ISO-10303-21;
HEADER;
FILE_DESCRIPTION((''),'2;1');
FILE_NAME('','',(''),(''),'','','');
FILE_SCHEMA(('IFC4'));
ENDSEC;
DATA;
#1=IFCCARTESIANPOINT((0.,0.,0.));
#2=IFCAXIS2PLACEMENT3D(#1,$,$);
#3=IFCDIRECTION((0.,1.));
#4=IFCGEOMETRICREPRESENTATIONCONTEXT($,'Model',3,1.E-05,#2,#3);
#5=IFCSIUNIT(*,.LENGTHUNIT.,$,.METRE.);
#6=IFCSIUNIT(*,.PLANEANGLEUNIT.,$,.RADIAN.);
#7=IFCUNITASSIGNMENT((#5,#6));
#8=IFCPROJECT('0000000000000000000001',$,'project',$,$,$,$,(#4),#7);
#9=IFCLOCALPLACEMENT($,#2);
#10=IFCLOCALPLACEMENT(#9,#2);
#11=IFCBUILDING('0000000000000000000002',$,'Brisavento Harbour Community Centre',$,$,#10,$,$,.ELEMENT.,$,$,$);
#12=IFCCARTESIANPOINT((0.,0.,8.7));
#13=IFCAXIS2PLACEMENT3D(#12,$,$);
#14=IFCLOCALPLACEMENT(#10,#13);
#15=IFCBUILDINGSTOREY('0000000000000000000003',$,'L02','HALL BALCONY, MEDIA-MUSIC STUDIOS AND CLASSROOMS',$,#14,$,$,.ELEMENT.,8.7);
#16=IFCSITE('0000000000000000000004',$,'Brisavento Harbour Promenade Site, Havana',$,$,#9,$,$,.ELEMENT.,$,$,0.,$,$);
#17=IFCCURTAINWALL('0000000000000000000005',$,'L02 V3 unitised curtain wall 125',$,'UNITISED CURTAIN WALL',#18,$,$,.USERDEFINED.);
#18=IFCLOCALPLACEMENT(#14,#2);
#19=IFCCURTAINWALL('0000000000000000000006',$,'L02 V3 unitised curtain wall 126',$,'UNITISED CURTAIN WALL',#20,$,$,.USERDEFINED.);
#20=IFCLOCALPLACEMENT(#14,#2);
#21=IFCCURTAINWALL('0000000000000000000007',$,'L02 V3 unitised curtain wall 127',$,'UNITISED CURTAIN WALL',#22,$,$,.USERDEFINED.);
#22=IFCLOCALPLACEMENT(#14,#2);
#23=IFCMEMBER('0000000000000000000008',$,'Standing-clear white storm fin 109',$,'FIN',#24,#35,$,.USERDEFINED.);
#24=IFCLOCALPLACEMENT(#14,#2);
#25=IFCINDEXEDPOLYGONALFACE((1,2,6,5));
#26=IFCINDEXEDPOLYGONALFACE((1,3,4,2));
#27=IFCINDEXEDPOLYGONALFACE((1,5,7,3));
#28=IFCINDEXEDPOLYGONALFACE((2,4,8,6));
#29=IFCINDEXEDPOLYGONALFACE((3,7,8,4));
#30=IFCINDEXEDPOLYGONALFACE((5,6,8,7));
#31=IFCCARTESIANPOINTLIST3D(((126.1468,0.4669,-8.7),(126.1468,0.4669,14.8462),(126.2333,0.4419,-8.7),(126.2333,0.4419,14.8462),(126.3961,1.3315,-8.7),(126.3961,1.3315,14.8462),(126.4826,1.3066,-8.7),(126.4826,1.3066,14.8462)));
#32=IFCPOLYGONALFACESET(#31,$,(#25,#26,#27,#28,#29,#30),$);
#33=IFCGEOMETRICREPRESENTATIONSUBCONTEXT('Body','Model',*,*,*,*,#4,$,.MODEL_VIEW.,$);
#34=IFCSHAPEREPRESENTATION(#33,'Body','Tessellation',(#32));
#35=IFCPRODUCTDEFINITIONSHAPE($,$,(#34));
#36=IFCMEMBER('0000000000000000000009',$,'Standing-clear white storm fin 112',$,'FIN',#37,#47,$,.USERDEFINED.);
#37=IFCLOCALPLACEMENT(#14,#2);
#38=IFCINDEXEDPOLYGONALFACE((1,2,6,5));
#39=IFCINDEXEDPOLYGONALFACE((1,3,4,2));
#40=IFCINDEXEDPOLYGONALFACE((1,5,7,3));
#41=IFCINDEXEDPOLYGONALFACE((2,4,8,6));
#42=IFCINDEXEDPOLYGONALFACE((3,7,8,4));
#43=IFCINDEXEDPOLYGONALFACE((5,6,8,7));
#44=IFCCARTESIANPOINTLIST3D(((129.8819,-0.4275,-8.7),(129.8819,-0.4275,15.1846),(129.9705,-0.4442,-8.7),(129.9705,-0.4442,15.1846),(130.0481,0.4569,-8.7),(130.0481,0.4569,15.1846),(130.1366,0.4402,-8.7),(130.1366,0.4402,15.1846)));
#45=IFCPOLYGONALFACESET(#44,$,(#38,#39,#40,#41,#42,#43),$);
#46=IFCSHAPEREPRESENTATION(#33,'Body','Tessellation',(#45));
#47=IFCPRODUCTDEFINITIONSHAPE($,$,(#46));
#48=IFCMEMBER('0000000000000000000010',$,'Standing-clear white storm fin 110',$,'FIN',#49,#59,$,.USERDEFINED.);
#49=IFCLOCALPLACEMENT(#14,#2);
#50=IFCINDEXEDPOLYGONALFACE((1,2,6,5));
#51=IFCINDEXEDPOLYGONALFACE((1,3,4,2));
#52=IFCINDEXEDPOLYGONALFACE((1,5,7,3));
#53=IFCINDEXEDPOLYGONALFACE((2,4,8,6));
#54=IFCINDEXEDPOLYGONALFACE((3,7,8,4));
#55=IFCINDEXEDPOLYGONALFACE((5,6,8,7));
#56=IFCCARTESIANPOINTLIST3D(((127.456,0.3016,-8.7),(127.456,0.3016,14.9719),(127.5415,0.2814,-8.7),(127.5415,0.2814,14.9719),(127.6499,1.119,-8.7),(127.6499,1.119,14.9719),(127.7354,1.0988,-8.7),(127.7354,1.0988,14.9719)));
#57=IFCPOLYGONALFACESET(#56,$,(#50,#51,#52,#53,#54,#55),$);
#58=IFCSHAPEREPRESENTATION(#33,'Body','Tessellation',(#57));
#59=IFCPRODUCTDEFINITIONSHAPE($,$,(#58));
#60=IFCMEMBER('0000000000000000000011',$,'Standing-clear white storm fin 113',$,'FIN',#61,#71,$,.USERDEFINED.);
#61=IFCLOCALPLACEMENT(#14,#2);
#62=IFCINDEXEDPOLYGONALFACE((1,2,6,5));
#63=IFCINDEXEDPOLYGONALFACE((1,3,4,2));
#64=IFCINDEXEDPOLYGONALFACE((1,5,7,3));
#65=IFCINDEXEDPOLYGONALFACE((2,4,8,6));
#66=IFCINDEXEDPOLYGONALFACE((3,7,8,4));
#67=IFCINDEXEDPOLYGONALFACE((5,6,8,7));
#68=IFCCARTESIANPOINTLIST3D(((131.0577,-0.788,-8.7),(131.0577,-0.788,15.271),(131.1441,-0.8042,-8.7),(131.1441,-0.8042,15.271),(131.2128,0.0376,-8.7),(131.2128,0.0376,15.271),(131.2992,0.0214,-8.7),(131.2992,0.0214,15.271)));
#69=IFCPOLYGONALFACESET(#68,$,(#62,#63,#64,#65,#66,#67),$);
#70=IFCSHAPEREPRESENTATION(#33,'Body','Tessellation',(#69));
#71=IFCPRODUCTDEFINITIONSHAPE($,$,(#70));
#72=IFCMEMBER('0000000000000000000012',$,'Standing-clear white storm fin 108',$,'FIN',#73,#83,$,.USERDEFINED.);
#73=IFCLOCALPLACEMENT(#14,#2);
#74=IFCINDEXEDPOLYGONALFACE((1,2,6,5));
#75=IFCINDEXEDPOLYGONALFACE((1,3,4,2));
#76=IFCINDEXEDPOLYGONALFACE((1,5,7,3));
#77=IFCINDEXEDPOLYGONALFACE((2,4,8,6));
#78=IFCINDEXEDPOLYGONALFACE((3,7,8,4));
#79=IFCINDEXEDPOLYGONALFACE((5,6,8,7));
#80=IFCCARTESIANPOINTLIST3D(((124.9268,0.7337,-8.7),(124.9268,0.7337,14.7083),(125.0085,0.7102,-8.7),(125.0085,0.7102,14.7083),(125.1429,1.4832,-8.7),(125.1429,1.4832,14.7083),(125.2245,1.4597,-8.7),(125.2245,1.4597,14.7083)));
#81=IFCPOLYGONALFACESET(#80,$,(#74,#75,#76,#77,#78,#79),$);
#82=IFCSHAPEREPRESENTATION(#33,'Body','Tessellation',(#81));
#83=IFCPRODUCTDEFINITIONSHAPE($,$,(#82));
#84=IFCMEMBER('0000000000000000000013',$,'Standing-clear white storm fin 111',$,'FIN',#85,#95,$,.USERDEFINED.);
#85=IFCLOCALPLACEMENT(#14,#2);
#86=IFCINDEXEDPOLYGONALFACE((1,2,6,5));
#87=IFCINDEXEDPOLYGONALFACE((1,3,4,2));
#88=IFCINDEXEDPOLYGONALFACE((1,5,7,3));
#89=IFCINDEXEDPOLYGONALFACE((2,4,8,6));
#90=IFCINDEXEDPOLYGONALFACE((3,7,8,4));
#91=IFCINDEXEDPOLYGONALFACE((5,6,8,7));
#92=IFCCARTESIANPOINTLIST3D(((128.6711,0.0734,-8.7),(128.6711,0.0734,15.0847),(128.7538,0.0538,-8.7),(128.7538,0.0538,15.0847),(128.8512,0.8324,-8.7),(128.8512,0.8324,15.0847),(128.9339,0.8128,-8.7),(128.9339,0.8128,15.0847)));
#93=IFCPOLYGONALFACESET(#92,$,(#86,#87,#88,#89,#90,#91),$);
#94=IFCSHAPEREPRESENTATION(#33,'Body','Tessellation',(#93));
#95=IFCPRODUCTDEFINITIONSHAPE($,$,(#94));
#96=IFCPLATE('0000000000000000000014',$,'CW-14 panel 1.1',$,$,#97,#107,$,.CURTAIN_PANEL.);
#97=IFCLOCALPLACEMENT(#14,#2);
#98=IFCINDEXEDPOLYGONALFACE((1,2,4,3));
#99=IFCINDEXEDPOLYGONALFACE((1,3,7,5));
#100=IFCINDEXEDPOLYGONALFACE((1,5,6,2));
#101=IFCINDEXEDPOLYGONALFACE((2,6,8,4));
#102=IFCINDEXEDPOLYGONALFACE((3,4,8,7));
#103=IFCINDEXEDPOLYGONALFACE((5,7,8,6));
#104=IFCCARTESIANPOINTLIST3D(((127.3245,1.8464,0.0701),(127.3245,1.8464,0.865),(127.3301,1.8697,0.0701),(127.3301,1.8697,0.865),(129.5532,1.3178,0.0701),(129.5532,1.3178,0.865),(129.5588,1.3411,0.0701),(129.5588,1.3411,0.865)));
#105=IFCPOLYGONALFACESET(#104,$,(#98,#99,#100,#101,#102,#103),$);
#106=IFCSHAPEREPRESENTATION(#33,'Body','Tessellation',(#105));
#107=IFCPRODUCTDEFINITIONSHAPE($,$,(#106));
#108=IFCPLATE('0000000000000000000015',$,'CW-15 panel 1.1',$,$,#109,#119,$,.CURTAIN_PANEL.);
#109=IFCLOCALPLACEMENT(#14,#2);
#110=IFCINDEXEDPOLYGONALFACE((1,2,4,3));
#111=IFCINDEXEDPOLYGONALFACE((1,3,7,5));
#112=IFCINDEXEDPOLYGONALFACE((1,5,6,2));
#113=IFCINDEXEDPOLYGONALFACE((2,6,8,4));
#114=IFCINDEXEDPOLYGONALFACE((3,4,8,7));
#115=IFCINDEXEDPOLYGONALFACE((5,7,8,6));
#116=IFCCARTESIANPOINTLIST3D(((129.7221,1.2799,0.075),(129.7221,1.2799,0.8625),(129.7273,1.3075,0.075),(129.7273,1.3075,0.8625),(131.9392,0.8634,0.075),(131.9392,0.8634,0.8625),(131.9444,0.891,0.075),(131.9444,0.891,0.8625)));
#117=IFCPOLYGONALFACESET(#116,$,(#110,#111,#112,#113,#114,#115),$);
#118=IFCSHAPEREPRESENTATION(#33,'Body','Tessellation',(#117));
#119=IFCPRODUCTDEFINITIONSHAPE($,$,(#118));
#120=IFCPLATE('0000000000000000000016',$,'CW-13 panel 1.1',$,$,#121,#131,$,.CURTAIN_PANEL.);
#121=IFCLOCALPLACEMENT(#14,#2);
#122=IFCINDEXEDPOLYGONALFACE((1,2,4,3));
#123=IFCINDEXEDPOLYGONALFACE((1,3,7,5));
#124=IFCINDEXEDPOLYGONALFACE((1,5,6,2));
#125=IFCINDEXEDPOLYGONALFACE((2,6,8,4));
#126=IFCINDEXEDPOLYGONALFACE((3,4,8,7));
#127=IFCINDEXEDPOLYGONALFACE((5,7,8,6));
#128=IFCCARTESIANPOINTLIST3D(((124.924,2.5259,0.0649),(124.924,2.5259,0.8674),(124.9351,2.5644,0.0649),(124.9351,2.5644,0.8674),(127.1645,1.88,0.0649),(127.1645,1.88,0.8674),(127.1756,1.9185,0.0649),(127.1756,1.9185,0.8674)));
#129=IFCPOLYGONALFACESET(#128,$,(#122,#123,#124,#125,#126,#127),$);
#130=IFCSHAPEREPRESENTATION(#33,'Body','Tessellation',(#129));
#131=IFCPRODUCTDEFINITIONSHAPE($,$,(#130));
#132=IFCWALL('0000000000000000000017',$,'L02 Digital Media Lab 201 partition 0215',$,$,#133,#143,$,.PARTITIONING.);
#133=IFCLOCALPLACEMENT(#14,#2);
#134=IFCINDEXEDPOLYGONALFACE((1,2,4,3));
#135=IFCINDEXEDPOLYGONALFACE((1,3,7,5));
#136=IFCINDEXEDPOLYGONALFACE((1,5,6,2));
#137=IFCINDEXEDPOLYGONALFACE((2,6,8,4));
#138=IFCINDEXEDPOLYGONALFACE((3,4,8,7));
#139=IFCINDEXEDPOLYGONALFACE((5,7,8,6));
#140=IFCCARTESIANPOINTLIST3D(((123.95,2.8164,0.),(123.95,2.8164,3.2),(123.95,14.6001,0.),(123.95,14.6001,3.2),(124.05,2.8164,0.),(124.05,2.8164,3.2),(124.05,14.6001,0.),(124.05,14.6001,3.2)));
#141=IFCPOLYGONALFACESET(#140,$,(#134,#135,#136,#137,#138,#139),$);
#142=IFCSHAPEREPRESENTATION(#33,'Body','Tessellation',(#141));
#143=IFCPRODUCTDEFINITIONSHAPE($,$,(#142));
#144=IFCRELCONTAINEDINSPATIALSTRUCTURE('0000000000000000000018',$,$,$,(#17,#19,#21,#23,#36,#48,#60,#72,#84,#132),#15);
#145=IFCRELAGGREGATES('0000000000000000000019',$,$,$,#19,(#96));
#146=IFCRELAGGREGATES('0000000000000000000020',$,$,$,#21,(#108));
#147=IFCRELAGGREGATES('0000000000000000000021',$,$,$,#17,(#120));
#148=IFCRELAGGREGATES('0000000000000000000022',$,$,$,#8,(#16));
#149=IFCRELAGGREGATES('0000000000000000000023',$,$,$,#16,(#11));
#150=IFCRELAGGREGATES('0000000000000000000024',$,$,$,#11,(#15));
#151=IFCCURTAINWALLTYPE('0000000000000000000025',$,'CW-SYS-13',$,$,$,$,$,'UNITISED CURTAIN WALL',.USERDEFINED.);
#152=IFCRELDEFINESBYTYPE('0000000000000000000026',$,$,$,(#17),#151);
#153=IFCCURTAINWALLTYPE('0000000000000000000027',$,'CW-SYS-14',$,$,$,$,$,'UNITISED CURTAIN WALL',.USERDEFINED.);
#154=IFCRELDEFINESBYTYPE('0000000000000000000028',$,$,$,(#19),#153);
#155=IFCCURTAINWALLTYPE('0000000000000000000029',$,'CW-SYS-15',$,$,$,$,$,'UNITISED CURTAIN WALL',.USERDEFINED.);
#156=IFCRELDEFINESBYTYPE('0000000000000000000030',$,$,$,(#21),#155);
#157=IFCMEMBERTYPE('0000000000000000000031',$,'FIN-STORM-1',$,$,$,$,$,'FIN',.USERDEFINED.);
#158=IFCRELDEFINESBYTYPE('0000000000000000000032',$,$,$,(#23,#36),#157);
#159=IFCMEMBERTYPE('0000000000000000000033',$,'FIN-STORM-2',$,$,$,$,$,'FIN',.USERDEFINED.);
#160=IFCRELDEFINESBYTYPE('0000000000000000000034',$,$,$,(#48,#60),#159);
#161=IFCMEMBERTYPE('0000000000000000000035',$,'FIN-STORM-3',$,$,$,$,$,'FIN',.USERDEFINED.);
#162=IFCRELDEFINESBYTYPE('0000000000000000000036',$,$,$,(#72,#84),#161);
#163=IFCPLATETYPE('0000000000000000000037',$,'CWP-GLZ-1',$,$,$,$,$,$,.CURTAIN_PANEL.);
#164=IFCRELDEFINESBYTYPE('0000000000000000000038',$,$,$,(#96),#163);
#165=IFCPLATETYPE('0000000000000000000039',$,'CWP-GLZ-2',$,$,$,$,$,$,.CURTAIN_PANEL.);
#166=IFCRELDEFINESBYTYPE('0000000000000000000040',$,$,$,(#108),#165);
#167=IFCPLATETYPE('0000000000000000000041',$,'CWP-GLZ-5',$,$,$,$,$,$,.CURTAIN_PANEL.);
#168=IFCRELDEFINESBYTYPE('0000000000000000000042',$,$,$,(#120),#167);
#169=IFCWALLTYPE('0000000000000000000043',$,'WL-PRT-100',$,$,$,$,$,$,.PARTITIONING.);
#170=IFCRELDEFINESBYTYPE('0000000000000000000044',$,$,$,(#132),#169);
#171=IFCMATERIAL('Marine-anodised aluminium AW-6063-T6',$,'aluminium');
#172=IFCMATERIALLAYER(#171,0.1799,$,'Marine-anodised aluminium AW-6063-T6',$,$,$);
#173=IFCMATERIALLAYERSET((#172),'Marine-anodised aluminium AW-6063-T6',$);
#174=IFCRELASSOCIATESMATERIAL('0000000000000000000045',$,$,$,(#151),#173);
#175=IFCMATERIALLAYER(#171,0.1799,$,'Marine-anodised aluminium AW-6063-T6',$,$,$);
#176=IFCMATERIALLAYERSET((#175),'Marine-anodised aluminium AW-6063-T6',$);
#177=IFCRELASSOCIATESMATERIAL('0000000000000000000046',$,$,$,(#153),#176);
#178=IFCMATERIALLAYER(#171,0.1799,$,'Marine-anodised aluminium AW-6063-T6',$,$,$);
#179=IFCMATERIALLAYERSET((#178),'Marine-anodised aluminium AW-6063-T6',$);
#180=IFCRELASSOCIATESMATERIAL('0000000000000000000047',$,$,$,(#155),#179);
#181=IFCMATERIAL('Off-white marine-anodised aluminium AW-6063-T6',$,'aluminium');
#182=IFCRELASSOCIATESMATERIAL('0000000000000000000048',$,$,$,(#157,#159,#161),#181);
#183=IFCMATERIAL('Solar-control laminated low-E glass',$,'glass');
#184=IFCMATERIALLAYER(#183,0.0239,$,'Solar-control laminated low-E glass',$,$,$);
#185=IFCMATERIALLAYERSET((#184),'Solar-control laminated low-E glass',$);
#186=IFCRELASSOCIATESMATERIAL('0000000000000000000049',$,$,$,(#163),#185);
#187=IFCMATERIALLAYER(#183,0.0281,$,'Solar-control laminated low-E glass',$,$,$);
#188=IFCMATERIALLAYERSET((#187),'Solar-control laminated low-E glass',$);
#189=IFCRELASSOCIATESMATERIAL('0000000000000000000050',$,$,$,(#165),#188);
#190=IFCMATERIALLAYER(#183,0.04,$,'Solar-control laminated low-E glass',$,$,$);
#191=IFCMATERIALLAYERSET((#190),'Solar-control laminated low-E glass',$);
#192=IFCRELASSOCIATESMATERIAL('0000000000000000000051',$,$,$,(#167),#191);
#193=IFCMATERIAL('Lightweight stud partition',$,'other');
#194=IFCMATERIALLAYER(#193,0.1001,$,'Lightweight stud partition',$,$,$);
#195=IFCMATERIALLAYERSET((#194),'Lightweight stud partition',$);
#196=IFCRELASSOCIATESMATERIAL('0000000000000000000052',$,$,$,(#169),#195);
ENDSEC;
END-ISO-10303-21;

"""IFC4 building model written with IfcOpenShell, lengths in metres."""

from ifc_helpers import new_model, si_unit, direction, frame, frame_2d, origin, origin_2d, place, context, subcontext, project, spatial, rectangle, extrude, material, layer, layer_set, material_profile, profile_set, type_object, element, aggregate, save


model = new_model("IFC4")

# Units and contexts
model_context = context("Model", 3, precision=1e-05, world=origin(), true_north=direction((0.0, 1.0)))
body_context = subcontext(model_context, "Body", "Model", "MODEL_VIEW")
ifc_project = project(units=[si_unit("LENGTHUNIT", "METRE"), si_unit("PLANEANGLEUNIT", "RADIAN")], contexts=[model_context])

# Site, building, storey
site_placement = place(None, origin())
site = spatial("IfcSite", under=ifc_project, at=site_placement, Name="Brisavento Harbour Promenade Site, Havana", CompositionType="ELEMENT", RefElevation=0.0)
building_placement = place(site_placement, origin())
building = spatial("IfcBuilding", under=site, at=building_placement, Name="Brisavento Harbour Community Centre", CompositionType="ELEMENT")
storey_placement = place(building_placement, frame((0.0, 0.0, 8.7)))
storey = spatial("IfcBuildingStorey", under=building, at=storey_placement, Name="L02", Description="HALL BALCONY, MEDIA-MUSIC STUDIOS AND CLASSROOMS", CompositionType="ELEMENT", Elevation=8.7)

# Curtain walls
ifc_material_1 = material(Name="Marine-anodised aluminium AW-6063-T6", Category="aluminium")
ifc_layer_1 = layer(ifc_material_1, 0.1799, Name="Marine-anodised aluminium AW-6063-T6")
ifc_layer_set_1 = layer_set([ifc_layer_1], Name="Marine-anodised aluminium AW-6063-T6")
curtain_wall_type_1 = type_object("IfcCurtainWallType", Name="CW-SYS-13", ElementType="UNITISED CURTAIN WALL", PredefinedType="USERDEFINED", material=ifc_layer_set_1)
curtain_wall_1_placement = place(storey_placement, origin())
curtain_wall_1 = element("IfcCurtainWall", 1, at=curtain_wall_1_placement, inside=storey, type_object=curtain_wall_type_1, Name="L02 V3 unitised curtain wall 125", ObjectType="UNITISED CURTAIN WALL", PredefinedType="USERDEFINED")
ifc_layer_2 = layer(ifc_material_1, 0.1799, Name="Marine-anodised aluminium AW-6063-T6")
ifc_layer_set_2 = layer_set([ifc_layer_2], Name="Marine-anodised aluminium AW-6063-T6")
curtain_wall_type_2 = type_object("IfcCurtainWallType", Name="CW-SYS-14", ElementType="UNITISED CURTAIN WALL", PredefinedType="USERDEFINED", material=ifc_layer_set_2)
curtain_wall_2_placement = place(storey_placement, origin())
curtain_wall_2 = element("IfcCurtainWall", 2, at=curtain_wall_2_placement, inside=storey, type_object=curtain_wall_type_2, Name="L02 V3 unitised curtain wall 126", ObjectType="UNITISED CURTAIN WALL", PredefinedType="USERDEFINED")

# Curtain wall
ifc_layer_3 = layer(ifc_material_1, 0.1799, Name="Marine-anodised aluminium AW-6063-T6")
ifc_layer_set_3 = layer_set([ifc_layer_3], Name="Marine-anodised aluminium AW-6063-T6")
curtain_wall_type_3 = type_object("IfcCurtainWallType", Name="CW-SYS-15", ElementType="UNITISED CURTAIN WALL", PredefinedType="USERDEFINED", material=ifc_layer_set_3)
curtain_wall_3_placement = place(storey_placement, origin())
curtain_wall_3 = element("IfcCurtainWall", 3, at=curtain_wall_3_placement, inside=storey, type_object=curtain_wall_type_3, Name="L02 V3 unitised curtain wall 127", ObjectType="UNITISED CURTAIN WALL", PredefinedType="USERDEFINED")

# Members
ifc_material_2 = material(Name="Off-white marine-anodised aluminium AW-6063-T6", Category="aluminium")
ifc_material_profile_1 = material_profile(ifc_material_2, rectangle(XDim=0.0901, YDim=0.8999, at=origin_2d()), Name="Off-white marine-anodised aluminium AW-6063-T6")
ifc_profile_set_1 = profile_set([ifc_material_profile_1], Name="Off-white marine-anodised aluminium AW-6063-T6")
member_type_1 = type_object("IfcMemberType", Name="FIN-STORM-1", ElementType="FIN", PredefinedType="USERDEFINED", material=ifc_profile_set_1)
member_1_placement = place(storey_placement, frame((126.3147, 0.8867, -8.7), z_axis=(0.0, 0.0, 1.0), x_axis=(-0.960871, 0.276996, 0.0)))
element("IfcMember", 4, at=member_1_placement, inside=storey, type_object=member_type_1, Name="Standing-clear white storm fin 109", ObjectType="FIN", PredefinedType="USERDEFINED", context=body_context, shape_type="SweptSolid", body=[
    extrude(rectangle(XDim=0.0901, YDim=0.8999, at=origin_2d()), origin(), (0.0, 0.0, 1.0), 23.5461),
])
member_2_placement = place(storey_placement, frame((130.0093, 0.0063, -8.7), z_axis=(0.0, 0.0, 1.0), x_axis=(-0.9828, 0.184672, 0.0)))
element("IfcMember", 5, at=member_2_placement, inside=storey, type_object=member_type_1, Name="Standing-clear white storm fin 112", ObjectType="FIN", PredefinedType="USERDEFINED", context=body_context, shape_type="SweptSolid", body=[
    extrude(rectangle(XDim=0.0901, YDim=0.8999, at=origin_2d()), origin(), (0.0, 0.0, 1.0), 23.8845),
])
ifc_material_profile_2 = material_profile(ifc_material_2, rectangle(XDim=0.0879, YDim=0.8401, at=origin_2d()), Name="Off-white marine-anodised aluminium AW-6063-T6")
ifc_profile_set_2 = profile_set([ifc_material_profile_2], Name="Off-white marine-anodised aluminium AW-6063-T6")
member_type_2 = type_object("IfcMemberType", Name="FIN-STORM-2", ElementType="FIN", PredefinedType="USERDEFINED", material=ifc_profile_set_2)
member_3_placement = place(storey_placement, frame((127.5957, 0.7002, -8.7), z_axis=(0.0, 0.0, 1.0), x_axis=(-0.972994, 0.230831, 0.0)))
element("IfcMember", 6, at=member_3_placement, inside=storey, type_object=member_type_2, Name="Standing-clear white storm fin 110", ObjectType="FIN", PredefinedType="USERDEFINED", context=body_context, shape_type="SweptSolid", body=[
    extrude(rectangle(XDim=0.0879, YDim=0.8401, at=origin_2d()), origin(), (0.0, 0.0, 1.0), 23.6719),
])
member_4_placement = place(storey_placement, frame((131.1785, -0.3833, -8.7), z_axis=(0.0, 0.0, 1.0), x_axis=(-0.9828, 0.184672, 0.0)))
element("IfcMember", 7, at=member_4_placement, inside=storey, type_object=member_type_2, Name="Standing-clear white storm fin 113", ObjectType="FIN", PredefinedType="USERDEFINED", context=body_context, shape_type="SweptSolid", body=[
    extrude(rectangle(XDim=0.0879, YDim=0.8401, at=origin_2d()), origin(), (0.0, 0.0, 1.0), 23.9709),
])
ifc_material_profile_3 = material_profile(ifc_material_2, rectangle(XDim=0.085, YDim=0.78, at=origin_2d()), Name="Off-white marine-anodised aluminium AW-6063-T6")
ifc_profile_set_3 = profile_set([ifc_material_profile_3], Name="Off-white marine-anodised aluminium AW-6063-T6")
member_type_3 = type_object("IfcMemberType", Name="FIN-STORM-3", ElementType="FIN", PredefinedType="USERDEFINED", material=ifc_profile_set_3)
member_5_placement = place(storey_placement, frame((125.0757, 1.0967, -8.7), z_axis=(0.0, 0.0, 1.0), x_axis=(-0.960871, 0.276996, 0.0)))
element("IfcMember", 8, at=member_5_placement, inside=storey, type_object=member_type_3, Name="Standing-clear white storm fin 108", ObjectType="FIN", PredefinedType="USERDEFINED", context=body_context, shape_type="SweptSolid", body=[
    extrude(rectangle(XDim=0.085, YDim=0.78, at=origin_2d()), origin(), (0.0, 0.0, 1.0), 23.4082),
])
member_6_placement = place(storey_placement, frame((128.8025, 0.4431, -8.7), z_axis=(0.0, 0.0, 1.0), x_axis=(-0.972994, 0.230831, 0.0)))
element("IfcMember", 9, at=member_6_placement, inside=storey, type_object=member_type_3, Name="Standing-clear white storm fin 111", ObjectType="FIN", PredefinedType="USERDEFINED", context=body_context, shape_type="SweptSolid", body=[
    extrude(rectangle(XDim=0.085, YDim=0.78, at=origin_2d()), origin(), (0.0, 0.0, 1.0), 23.7847),
])

# Plates
ifc_material_3 = material(Name="Solar-control laminated low-E glass", Category="glass")
ifc_layer_4 = layer(ifc_material_3, 0.0239, Name="Solar-control laminated low-E glass")
ifc_layer_set_4 = layer_set([ifc_layer_4], Name="Solar-control laminated low-E glass")
plate_type_1 = type_object("IfcPlateType", Name="CWP-GLZ-1", PredefinedType="CURTAIN_PANEL", material=ifc_layer_set_4)
plate_1_placement = place(storey_placement, frame((128.4417, 1.5938, 0.0701), z_axis=(0.0, 0.0, 1.0), x_axis=(-0.973, 0.230805, 0.0)))
plate_1 = element("IfcPlate", 10, at=plate_1_placement, type_object=plate_type_1, Name="CW-14 panel 1.1", PredefinedType="CURTAIN_PANEL", context=body_context, shape_type="SweptSolid", body=[
    extrude(rectangle(XDim=2.2905, YDim=0.0239, at=origin_2d()), origin(), (0.0, 0.0, 1.0), 0.7949),
])
aggregate(curtain_wall_2, [plate_1])
ifc_layer_5 = layer(ifc_material_3, 0.0281, Name="Solar-control laminated low-E glass")
ifc_layer_set_5 = layer_set([ifc_layer_5], Name="Solar-control laminated low-E glass")
plate_type_2 = type_object("IfcPlateType", Name="CWP-GLZ-2", PredefinedType="CURTAIN_PANEL", material=ifc_layer_set_5)
plate_2_placement = place(storey_placement, frame((130.8333, 1.0854, 0.075), z_axis=(0.0, 0.0, 1.0), x_axis=(-0.982802, 0.184665, 0.0)))
plate_2 = element("IfcPlate", 11, at=plate_2_placement, type_object=plate_type_2, Name="CW-15 panel 1.1", PredefinedType="CURTAIN_PANEL", context=body_context, shape_type="SweptSolid", body=[
    extrude(rectangle(XDim=2.2559, YDim=0.0281, at=origin_2d()), origin(), (0.0, 0.0, 1.0), 0.7876),
])
aggregate(curtain_wall_3, [plate_2])
ifc_layer_6 = layer(ifc_material_3, 0.04, Name="Solar-control laminated low-E glass")
ifc_layer_set_6 = layer_set([ifc_layer_6], Name="Solar-control laminated low-E glass")
plate_type_3 = type_object("IfcPlateType", Name="CWP-GLZ-5", PredefinedType="CURTAIN_PANEL", material=ifc_layer_set_6)
plate_3_placement = place(storey_placement, frame((126.0498, 2.2222, 0.0649), z_axis=(0.0, 0.0, 1.0), x_axis=(-0.96087, 0.277001, 0.0)))
plate_3 = element("IfcPlate", 12, at=plate_3_placement, type_object=plate_type_3, Name="CW-13 panel 1.1", PredefinedType="CURTAIN_PANEL", context=body_context, shape_type="SweptSolid", body=[
    extrude(rectangle(XDim=2.3318, YDim=0.04, at=origin_2d()), origin(), (0.0, 0.0, 1.0), 0.8025),
])
aggregate(curtain_wall_1, [plate_3])

# Wall
ifc_material_4 = material(Name="Lightweight stud partition", Category="other")
ifc_layer_7 = layer(ifc_material_4, 0.1001, Name="Lightweight stud partition")
ifc_layer_set_7 = layer_set([ifc_layer_7], Name="Lightweight stud partition")
wall_type = type_object("IfcWallType", Name="WL-PRT-100", PredefinedType="PARTITIONING", material=ifc_layer_set_7)
wall_placement = place(storey_placement, frame((124.0, 2.8164, 0.0), z_axis=(0.0, 0.0, 1.0), x_axis=(0.0, 1.0, 0.0)))
element("IfcWall", 13, at=wall_placement, inside=storey, type_object=wall_type, Name="L02 Digital Media Lab 201 partition 0215", PredefinedType="PARTITIONING", context=body_context, shape_type="SweptSolid", body=[
    extrude(rectangle(XDim=11.7837, YDim=0.1001, at=frame_2d((5.8918, 0.0))), origin(), (0.0, 0.0, 1.0), 3.2),
])

save(model, "model.ifc")
